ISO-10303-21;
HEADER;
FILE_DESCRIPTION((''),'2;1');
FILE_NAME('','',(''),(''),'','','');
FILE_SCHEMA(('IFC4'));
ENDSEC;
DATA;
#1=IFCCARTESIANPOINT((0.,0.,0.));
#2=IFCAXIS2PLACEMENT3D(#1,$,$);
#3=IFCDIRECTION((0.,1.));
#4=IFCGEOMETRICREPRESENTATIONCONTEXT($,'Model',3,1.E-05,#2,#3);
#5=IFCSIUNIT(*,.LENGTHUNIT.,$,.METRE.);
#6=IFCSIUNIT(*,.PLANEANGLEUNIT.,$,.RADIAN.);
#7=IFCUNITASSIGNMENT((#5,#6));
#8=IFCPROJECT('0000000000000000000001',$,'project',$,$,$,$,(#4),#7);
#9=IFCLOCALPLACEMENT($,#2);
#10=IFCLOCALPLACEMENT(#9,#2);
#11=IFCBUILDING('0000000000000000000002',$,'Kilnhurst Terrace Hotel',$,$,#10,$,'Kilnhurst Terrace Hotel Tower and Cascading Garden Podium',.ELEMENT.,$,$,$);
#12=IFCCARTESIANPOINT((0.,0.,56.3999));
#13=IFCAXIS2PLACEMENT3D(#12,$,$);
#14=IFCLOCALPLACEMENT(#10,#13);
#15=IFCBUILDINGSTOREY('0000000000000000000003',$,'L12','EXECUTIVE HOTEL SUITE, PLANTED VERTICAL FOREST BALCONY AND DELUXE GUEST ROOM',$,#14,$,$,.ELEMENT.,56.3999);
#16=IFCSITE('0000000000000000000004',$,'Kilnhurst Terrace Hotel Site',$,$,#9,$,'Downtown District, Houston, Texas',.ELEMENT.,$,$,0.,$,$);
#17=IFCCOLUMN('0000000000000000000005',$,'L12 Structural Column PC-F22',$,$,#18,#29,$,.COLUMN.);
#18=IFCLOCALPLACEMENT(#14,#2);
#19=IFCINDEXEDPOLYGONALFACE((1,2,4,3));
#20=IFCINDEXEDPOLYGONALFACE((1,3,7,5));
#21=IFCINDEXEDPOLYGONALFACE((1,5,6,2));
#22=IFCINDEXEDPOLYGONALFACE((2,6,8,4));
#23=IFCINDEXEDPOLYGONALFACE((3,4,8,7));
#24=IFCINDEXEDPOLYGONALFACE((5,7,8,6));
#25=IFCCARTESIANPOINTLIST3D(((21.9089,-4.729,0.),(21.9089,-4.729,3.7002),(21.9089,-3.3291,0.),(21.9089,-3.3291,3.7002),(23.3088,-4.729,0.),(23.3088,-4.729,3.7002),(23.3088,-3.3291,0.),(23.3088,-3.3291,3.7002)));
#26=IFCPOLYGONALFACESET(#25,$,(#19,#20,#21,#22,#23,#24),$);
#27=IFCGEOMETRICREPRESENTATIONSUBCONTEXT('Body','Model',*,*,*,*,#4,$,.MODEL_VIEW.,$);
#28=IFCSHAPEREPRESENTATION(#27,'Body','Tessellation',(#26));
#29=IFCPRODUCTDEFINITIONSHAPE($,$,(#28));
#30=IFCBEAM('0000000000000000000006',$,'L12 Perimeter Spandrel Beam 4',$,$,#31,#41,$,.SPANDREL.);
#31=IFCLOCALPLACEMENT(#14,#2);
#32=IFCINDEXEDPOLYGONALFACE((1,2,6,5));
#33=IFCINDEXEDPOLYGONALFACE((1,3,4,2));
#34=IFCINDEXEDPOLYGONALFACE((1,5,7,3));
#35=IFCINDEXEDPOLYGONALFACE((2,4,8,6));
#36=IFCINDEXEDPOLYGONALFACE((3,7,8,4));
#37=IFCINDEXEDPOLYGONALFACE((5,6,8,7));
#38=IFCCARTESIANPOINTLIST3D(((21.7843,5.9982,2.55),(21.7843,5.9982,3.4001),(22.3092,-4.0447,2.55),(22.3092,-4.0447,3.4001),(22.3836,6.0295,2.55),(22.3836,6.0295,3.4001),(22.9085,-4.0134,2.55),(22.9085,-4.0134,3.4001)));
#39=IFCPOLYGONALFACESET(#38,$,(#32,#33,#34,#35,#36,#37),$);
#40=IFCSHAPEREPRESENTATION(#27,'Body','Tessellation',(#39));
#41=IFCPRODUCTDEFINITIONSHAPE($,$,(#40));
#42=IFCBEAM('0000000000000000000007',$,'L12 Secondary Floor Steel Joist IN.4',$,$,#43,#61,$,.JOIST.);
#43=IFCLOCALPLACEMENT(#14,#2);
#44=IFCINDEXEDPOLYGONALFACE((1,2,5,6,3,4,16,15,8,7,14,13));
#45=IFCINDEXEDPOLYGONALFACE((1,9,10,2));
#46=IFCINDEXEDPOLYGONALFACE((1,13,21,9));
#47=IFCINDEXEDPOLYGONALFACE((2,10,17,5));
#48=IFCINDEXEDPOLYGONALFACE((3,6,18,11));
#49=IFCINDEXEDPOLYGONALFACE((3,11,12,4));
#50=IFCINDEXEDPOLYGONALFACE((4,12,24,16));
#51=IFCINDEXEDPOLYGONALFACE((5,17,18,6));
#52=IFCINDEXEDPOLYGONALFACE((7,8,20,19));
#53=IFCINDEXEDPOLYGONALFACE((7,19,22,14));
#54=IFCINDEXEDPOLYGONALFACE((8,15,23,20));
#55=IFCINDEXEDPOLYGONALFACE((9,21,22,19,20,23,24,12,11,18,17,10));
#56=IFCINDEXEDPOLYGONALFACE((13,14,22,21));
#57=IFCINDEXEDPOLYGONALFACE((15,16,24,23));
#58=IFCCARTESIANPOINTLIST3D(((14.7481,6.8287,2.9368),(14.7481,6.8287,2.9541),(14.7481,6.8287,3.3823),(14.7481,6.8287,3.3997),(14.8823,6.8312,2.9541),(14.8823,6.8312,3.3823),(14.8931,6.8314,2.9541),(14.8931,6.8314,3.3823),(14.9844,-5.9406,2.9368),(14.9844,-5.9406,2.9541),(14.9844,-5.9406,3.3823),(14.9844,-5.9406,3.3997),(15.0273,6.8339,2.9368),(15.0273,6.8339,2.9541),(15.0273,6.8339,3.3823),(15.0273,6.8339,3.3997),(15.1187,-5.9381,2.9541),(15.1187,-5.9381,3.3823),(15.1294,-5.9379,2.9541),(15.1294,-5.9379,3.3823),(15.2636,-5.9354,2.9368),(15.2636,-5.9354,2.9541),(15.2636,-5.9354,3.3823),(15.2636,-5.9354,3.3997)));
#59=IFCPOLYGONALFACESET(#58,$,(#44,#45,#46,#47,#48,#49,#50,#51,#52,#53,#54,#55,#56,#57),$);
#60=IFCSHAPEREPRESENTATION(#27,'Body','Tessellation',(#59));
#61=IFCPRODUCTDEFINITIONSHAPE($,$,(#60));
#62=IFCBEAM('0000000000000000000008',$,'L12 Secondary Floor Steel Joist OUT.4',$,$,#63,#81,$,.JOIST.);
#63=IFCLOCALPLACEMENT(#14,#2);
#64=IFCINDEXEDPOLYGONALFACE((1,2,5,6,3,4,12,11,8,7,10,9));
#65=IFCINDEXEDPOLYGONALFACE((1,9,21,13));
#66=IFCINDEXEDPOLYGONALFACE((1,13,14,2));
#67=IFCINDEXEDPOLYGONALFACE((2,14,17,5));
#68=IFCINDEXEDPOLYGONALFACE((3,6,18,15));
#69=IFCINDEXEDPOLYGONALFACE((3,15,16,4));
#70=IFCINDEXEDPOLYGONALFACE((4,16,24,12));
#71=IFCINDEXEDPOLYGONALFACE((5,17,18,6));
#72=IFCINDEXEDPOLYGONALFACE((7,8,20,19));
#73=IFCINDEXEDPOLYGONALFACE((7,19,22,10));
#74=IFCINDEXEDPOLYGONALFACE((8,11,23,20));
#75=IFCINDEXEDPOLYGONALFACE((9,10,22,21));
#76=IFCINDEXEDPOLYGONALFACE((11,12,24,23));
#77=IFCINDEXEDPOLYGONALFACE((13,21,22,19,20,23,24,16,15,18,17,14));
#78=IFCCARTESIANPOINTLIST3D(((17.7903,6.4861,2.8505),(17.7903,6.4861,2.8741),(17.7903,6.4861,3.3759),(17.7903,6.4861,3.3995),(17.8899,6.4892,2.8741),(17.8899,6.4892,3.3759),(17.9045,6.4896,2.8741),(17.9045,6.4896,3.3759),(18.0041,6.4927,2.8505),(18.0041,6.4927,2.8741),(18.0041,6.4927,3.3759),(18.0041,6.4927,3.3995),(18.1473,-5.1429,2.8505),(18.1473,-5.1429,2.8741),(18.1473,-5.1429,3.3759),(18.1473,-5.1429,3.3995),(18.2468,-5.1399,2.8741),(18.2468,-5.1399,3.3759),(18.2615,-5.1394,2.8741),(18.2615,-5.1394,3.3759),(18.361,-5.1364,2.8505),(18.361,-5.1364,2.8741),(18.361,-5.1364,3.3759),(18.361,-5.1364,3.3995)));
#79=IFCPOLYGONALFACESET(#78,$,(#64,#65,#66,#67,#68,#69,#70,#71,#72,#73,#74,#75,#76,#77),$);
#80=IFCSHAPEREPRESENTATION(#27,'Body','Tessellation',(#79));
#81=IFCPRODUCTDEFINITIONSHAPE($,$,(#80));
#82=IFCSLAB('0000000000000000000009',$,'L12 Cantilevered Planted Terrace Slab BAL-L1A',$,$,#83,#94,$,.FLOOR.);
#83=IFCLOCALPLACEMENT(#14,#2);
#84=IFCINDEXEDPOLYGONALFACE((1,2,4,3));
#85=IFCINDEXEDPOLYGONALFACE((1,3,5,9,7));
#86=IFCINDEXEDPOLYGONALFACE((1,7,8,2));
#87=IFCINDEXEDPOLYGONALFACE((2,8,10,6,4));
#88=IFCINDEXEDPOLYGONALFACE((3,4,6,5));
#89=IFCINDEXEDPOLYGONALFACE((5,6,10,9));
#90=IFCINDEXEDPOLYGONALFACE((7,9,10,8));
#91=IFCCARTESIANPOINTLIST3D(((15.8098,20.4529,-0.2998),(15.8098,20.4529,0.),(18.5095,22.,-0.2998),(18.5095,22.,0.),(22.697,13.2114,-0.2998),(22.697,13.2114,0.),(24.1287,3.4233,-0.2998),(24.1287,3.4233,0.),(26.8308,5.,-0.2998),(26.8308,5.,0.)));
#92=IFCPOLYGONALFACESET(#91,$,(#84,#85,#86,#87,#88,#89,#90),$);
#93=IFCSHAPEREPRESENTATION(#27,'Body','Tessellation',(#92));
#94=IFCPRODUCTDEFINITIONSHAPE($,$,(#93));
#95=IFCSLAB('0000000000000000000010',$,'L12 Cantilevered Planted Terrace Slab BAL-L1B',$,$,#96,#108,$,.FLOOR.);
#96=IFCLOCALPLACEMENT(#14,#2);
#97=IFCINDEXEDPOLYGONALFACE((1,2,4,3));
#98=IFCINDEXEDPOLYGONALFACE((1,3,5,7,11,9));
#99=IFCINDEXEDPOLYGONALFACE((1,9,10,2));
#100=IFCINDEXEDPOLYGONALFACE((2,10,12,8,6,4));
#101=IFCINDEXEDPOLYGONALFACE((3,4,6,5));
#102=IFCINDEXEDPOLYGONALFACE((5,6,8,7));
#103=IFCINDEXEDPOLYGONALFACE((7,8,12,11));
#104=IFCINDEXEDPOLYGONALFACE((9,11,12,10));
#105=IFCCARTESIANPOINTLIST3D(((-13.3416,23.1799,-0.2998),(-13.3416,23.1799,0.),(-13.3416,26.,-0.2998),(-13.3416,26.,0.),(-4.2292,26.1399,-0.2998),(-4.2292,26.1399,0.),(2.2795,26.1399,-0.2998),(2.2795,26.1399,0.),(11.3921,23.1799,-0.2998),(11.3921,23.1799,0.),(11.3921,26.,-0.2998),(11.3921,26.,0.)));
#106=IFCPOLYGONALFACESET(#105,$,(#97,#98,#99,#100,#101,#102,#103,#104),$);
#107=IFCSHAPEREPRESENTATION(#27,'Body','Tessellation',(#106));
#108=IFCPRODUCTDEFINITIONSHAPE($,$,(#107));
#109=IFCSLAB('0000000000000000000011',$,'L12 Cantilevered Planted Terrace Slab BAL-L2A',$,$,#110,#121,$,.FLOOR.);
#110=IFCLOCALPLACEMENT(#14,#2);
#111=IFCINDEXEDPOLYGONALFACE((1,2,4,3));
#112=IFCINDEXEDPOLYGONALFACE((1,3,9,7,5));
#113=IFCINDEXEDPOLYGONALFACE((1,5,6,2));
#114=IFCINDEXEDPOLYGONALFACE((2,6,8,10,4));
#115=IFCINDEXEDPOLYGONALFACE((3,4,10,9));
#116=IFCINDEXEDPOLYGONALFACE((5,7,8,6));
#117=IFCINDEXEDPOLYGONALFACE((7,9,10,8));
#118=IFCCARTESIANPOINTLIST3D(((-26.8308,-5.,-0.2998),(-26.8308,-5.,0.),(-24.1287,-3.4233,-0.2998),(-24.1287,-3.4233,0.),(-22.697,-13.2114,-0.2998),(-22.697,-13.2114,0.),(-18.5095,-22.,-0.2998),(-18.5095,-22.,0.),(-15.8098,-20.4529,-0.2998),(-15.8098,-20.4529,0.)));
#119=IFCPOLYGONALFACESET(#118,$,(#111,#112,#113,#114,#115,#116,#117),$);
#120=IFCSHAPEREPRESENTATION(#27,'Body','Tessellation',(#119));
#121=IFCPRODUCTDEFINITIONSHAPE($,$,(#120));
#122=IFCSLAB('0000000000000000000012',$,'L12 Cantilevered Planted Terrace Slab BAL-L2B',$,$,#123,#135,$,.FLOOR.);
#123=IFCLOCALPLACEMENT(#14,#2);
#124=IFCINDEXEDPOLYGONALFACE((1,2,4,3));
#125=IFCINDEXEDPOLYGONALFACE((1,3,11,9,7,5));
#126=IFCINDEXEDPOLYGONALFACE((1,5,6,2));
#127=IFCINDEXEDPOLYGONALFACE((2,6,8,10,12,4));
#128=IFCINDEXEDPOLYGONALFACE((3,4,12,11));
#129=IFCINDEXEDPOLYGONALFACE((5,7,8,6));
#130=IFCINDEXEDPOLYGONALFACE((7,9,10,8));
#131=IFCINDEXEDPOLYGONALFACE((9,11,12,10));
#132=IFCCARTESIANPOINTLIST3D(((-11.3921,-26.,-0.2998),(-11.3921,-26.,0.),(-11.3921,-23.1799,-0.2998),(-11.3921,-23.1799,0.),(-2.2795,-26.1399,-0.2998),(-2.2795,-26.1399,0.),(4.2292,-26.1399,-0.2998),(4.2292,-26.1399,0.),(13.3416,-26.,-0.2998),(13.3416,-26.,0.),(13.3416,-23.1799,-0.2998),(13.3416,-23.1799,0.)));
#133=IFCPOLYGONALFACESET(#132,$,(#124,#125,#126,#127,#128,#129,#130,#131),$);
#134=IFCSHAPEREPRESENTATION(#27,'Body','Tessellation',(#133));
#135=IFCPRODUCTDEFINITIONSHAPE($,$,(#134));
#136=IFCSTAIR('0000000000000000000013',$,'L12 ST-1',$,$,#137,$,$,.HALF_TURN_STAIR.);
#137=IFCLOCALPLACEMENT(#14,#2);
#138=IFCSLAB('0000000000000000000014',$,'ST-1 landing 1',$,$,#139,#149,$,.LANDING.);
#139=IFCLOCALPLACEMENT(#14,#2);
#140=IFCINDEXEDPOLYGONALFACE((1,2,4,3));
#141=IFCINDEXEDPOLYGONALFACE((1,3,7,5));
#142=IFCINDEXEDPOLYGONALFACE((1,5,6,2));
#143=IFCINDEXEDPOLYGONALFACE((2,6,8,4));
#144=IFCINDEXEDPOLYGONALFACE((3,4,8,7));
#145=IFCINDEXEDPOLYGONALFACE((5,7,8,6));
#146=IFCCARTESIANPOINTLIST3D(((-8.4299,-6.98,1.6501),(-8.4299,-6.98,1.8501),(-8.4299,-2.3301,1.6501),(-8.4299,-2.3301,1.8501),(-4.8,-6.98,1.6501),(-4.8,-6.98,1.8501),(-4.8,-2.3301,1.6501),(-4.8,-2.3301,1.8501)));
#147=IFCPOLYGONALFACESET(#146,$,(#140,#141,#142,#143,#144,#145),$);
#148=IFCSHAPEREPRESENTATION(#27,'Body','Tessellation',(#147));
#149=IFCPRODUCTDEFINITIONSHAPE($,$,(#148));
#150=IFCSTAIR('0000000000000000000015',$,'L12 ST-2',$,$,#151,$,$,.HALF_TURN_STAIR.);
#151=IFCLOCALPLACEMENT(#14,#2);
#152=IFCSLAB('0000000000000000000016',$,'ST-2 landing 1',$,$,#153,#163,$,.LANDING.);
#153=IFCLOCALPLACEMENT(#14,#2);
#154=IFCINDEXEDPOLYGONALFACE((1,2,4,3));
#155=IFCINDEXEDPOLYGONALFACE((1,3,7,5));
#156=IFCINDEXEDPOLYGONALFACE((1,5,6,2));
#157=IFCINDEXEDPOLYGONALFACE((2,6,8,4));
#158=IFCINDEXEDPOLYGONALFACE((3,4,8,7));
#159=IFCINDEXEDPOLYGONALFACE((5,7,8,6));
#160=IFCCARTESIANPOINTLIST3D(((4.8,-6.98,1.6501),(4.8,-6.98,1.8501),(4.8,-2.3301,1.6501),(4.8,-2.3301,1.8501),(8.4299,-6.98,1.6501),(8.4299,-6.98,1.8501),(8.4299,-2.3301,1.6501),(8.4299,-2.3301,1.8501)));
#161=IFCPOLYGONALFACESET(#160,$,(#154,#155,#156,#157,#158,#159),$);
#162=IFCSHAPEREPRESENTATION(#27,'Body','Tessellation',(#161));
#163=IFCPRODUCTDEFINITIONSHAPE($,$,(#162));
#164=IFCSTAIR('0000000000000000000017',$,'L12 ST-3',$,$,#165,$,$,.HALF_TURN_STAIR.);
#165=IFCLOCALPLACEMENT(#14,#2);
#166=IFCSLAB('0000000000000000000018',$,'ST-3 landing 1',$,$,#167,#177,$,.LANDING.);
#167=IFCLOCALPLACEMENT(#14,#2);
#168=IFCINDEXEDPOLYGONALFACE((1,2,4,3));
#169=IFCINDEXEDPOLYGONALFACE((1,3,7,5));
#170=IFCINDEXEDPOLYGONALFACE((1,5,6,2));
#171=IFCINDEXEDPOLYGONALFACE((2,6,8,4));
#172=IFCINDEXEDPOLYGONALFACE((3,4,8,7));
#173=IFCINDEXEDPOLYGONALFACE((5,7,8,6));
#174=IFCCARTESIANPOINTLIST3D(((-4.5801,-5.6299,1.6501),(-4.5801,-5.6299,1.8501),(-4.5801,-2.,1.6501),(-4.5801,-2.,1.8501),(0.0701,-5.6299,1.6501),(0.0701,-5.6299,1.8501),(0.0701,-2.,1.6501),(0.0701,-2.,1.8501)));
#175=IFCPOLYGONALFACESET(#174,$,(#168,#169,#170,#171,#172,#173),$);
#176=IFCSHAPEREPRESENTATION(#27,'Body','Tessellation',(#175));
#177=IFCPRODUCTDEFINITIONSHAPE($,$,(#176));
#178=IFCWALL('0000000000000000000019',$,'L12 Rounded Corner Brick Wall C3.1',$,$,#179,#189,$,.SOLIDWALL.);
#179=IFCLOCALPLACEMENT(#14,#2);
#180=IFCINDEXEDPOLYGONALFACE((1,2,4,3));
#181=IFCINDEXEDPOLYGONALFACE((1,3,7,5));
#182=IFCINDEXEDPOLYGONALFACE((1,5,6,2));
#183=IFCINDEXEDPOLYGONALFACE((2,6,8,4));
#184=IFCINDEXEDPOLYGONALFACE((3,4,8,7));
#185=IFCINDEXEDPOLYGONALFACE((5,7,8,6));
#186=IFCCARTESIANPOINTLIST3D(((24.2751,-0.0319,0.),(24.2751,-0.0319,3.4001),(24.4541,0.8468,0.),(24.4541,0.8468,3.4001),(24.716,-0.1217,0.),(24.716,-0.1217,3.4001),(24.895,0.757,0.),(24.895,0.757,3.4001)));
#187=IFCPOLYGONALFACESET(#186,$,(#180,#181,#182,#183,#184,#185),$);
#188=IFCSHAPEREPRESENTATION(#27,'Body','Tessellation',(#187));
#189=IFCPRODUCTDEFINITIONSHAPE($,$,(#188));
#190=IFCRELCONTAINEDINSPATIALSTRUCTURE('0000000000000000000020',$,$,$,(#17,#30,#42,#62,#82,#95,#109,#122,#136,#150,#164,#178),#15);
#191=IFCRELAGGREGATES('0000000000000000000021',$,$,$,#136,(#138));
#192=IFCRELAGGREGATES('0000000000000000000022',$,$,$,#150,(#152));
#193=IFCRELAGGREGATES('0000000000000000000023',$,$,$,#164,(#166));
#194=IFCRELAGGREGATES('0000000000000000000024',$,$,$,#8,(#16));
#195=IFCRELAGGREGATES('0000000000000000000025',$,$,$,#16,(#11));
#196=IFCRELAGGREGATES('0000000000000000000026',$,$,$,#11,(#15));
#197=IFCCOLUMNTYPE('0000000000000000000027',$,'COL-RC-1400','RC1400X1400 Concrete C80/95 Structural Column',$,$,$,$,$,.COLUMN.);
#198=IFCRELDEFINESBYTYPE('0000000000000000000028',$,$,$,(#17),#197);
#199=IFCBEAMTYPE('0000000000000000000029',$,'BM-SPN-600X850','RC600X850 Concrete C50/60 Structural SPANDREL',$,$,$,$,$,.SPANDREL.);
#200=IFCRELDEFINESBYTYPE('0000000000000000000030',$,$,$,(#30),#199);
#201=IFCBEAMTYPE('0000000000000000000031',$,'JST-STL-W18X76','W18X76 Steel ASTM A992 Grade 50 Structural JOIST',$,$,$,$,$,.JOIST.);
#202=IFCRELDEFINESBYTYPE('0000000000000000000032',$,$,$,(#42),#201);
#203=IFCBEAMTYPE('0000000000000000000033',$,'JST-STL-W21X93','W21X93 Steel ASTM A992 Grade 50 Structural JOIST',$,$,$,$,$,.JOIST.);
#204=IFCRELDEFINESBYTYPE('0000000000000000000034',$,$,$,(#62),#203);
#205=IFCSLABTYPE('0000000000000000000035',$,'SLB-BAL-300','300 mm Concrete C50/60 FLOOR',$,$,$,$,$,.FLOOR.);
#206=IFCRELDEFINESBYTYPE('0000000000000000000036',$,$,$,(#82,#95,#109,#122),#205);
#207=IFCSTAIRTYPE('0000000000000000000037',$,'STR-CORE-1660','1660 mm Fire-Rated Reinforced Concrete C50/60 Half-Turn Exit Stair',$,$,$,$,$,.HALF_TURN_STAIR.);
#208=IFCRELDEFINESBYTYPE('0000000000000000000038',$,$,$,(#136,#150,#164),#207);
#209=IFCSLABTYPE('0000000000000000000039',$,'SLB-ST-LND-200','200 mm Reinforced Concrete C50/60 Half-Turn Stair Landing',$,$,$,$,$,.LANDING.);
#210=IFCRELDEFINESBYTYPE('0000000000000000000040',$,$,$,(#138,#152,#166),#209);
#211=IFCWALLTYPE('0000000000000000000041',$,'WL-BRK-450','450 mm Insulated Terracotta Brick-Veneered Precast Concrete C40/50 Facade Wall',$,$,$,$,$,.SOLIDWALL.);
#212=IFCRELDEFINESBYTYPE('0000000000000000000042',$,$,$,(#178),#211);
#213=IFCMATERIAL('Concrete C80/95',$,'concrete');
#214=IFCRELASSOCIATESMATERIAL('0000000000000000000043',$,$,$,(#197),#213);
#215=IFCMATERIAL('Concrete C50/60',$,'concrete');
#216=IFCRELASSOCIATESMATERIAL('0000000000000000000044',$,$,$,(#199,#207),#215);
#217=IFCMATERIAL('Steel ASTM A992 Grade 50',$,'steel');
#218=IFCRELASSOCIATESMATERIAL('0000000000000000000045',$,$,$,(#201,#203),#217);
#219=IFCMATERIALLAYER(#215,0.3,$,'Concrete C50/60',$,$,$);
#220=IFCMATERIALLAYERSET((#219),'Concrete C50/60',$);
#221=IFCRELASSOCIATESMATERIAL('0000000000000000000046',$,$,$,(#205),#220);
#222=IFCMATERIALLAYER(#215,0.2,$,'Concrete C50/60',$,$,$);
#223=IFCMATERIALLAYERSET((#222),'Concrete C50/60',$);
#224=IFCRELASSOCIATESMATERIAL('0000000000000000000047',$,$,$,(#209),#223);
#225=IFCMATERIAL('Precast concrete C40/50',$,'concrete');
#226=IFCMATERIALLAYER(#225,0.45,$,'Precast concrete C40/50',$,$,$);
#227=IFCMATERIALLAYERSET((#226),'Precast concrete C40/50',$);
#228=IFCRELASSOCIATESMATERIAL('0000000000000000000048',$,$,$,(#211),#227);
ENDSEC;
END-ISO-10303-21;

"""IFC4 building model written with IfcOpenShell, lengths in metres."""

from ifc_helpers import new_model, si_unit, direction, frame, frame_2d, origin, origin_2d, place, context, subcontext, project, spatial, polyline, rectangle, i_section, outline, extrude, material, layer, layer_set, material_profile, profile_set, type_object, element, aggregate, save


model = new_model("IFC4")

# Units and contexts
model_context = context("Model", 3, precision=1e-05, world=origin(), true_north=direction((0.0, 1.0)))
body_context = subcontext(model_context, "Body", "Model", "MODEL_VIEW")
ifc_project = project(units=[si_unit("LENGTHUNIT", "METRE"), si_unit("PLANEANGLEUNIT", "RADIAN")], contexts=[model_context])

# Site, building, storey
site_placement = place(None, origin())
site = spatial("IfcSite", under=ifc_project, at=site_placement, Name="Kilnhurst Terrace Hotel Site", LongName="Downtown District, Houston, Texas", CompositionType="ELEMENT", RefElevation=0.0)
building_placement = place(site_placement, origin())
building = spatial("IfcBuilding", under=site, at=building_placement, Name="Kilnhurst Terrace Hotel", LongName="Kilnhurst Terrace Hotel Tower and Cascading Garden Podium", CompositionType="ELEMENT")
storey_placement = place(building_placement, frame((0.0, 0.0, 56.3999)))
storey = spatial("IfcBuildingStorey", under=building, at=storey_placement, Name="L12", Description="EXECUTIVE HOTEL SUITE, PLANTED VERTICAL FOREST BALCONY AND DELUXE GUEST ROOM", CompositionType="ELEMENT", Elevation=56.3999)

# Column
ifc_material_1 = material(Name="Concrete C80/95", Category="concrete")
ifc_material_profile_1 = material_profile(ifc_material_1, rectangle(XDim=1.3999, YDim=1.3999, at=origin_2d()), Name="RC1400X1400")
ifc_profile_set_1 = profile_set([ifc_material_profile_1], Name="Concrete C80/95")
column_type = type_object("IfcColumnType", Name="COL-RC-1400", Description="RC1400X1400 Concrete C80/95 Structural Column", PredefinedType="COLUMN", material=ifc_profile_set_1)
column_placement = place(storey_placement, frame((22.6089, -4.0291, 0.0), z_axis=(0.0, 0.0, 1.0), x_axis=(1.0, 0.0, 0.0)))
element("IfcColumn", 1, at=column_placement, inside=storey, type_object=column_type, Name="L12 Structural Column PC-F22", PredefinedType="COLUMN", context=body_context, shape_type="SweptSolid", body=[
    extrude(rectangle(XDim=1.3999, YDim=1.3999, at=origin_2d()), origin(), (0.0, 0.0, 1.0), 3.7002),
])

# Beams
ifc_material_2 = material(Name="Concrete C50/60", Category="concrete")
ifc_material_profile_2 = material_profile(ifc_material_2, rectangle(XDim=0.6001, YDim=0.8501, at=origin_2d()), Name="RC600X850")
ifc_profile_set_2 = profile_set([ifc_material_profile_2], Name="Concrete C50/60")
beam_type_1 = type_object("IfcBeamType", Name="BM-SPN-600X850", Description="RC600X850 Concrete C50/60 Structural SPANDREL", PredefinedType="SPANDREL", material=ifc_profile_set_2)
beam_1_placement = place(storey_placement, frame((22.6089, -4.0291, 2.9751), z_axis=(-0.052194, 0.998637, 0.0), x_axis=(-0.998637, -0.052194, 0.0)))
element("IfcBeam", 2, at=beam_1_placement, inside=storey, type_object=beam_type_1, Name="L12 Perimeter Spandrel Beam 4", PredefinedType="SPANDREL", context=body_context, shape_type="SweptSolid", body=[
    extrude(rectangle(XDim=0.6001, YDim=0.8501, at=origin_2d()), origin(), (0.0, 0.0, 1.0), 10.0566),
])
ifc_material_3 = material(Name="Steel ASTM A992 Grade 50", Category="steel")
ifc_material_profile_3 = material_profile(ifc_material_3, i_section(OverallWidth=0.2793, OverallDepth=0.4629, WebThickness=0.0107, FlangeThickness=0.0173, at=origin_2d()), Name="W18X76")
ifc_profile_set_3 = profile_set([ifc_material_profile_3], Name="Steel ASTM A992 Grade 50")
beam_type_2 = type_object("IfcBeamType", Name="JST-STL-W18X76", Description="W18X76 Steel ASTM A992 Grade 50 Structural JOIST", PredefinedType="JOIST", material=ifc_profile_set_3)
beam_2_placement = place(storey_placement, frame((15.124, -5.938, 3.1682), z_axis=(-0.018504, 0.999829, 0.0), x_axis=(-0.999829, -0.018504, 0.0)))
element("IfcBeam", 3, at=beam_2_placement, inside=storey, type_object=beam_type_2, Name="L12 Secondary Floor Steel Joist IN.4", PredefinedType="JOIST", context=body_context, shape_type="SweptSolid", body=[
    extrude(i_section(OverallWidth=0.2793, OverallDepth=0.4629, WebThickness=0.0107, FlangeThickness=0.0173, at=origin_2d()), origin(), (0.0, 0.0, 1.0), 12.7715),
])
ifc_material_profile_4 = material_profile(ifc_material_3, i_section(OverallWidth=0.2139, OverallDepth=0.5491, WebThickness=0.0146, FlangeThickness=0.0237, at=origin_2d()), Name="W21X93")
ifc_profile_set_4 = profile_set([ifc_material_profile_4], Name="Steel ASTM A992 Grade 50")
beam_type_3 = type_object("IfcBeamType", Name="JST-STL-W21X93", Description="W21X93 Steel ASTM A992 Grade 50 Structural JOIST", PredefinedType="JOIST", material=ifc_profile_set_4)
beam_3_placement = place(storey_placement, frame((18.2542, -5.1396, 3.125), z_axis=(-0.030679, 0.999529, 0.0), x_axis=(-0.999529, -0.030679, 0.0)))
element("IfcBeam", 4, at=beam_3_placement, inside=storey, type_object=beam_type_3, Name="L12 Secondary Floor Steel Joist OUT.4", PredefinedType="JOIST", context=body_context, shape_type="SweptSolid", body=[
    extrude(i_section(OverallWidth=0.2139, OverallDepth=0.5491, WebThickness=0.0146, FlangeThickness=0.0237, at=origin_2d()), origin(), (0.0, 0.0, 1.0), 11.6345),
])

# Slabs
ifc_layer_1 = layer(ifc_material_2, 0.3, Name="Concrete C50/60")
ifc_layer_set_1 = layer_set([ifc_layer_1], Name="Concrete C50/60")
slab_type_1 = type_object("IfcSlabType", Name="SLB-BAL-300", Description="300 mm Concrete C50/60 FLOOR", PredefinedType="FLOOR", material=ifc_layer_set_1)
slab_1_placement = place(storey_placement, frame((0.0, 0.0, -0.2998)))
element("IfcSlab", 5, at=slab_1_placement, inside=storey, type_object=slab_type_1, Name="L12 Cantilevered Planted Terrace Slab BAL-L1A", PredefinedType="FLOOR", context=body_context, shape_type="SweptSolid", body=[
    extrude(outline(polyline([(22.697, 13.2114), (26.8308, 5.0), (24.1287, 3.4233), (15.8098, 20.4529), (18.5095, 22.0), (22.697, 13.2114)])), origin(), (0.0, 0.0, 1.0), 0.2998),
])
slab_2_placement = place(storey_placement, frame((0.0, 0.0, -0.2998)))
element("IfcSlab", 6, at=slab_2_placement, inside=storey, type_object=slab_type_1, Name="L12 Cantilevered Planted Terrace Slab BAL-L1B", PredefinedType="FLOOR", context=body_context, shape_type="SweptSolid", body=[
    extrude(outline(polyline([(2.2795, 26.1399), (11.3921, 26.0), (11.3921, 23.1799), (-13.3416, 23.1799), (-13.3416, 26.0), (-4.2292, 26.1399), (2.2795, 26.1399)])), origin(), (0.0, 0.0, 1.0), 0.2998),
])
slab_3_placement = place(storey_placement, frame((0.0, 0.0, -0.2998)))
element("IfcSlab", 7, at=slab_3_placement, inside=storey, type_object=slab_type_1, Name="L12 Cantilevered Planted Terrace Slab BAL-L2A", PredefinedType="FLOOR", context=body_context, shape_type="SweptSolid", body=[
    extrude(outline(polyline([(-26.8308, -5.0), (-24.1287, -3.4233), (-15.8098, -20.4529), (-18.5095, -22.0), (-22.697, -13.2114), (-26.8308, -5.0)])), origin(), (0.0, 0.0, 1.0), 0.2998),
])
slab_4_placement = place(storey_placement, frame((0.0, 0.0, -0.2998)))
element("IfcSlab", 8, at=slab_4_placement, inside=storey, type_object=slab_type_1, Name="L12 Cantilevered Planted Terrace Slab BAL-L2B", PredefinedType="FLOOR", context=body_context, shape_type="SweptSolid", body=[
    extrude(outline(polyline([(-2.2795, -26.1399), (-11.3921, -26.0), (-11.3921, -23.1799), (13.3416, -23.1799), (13.3416, -26.0), (4.2292, -26.1399), (-2.2795, -26.1399)])), origin(), (0.0, 0.0, 1.0), 0.2998),
])

# Stairs, slabs
stair_type = type_object("IfcStairType", Name="STR-CORE-1660", Description="1660 mm Fire-Rated Reinforced Concrete C50/60 Half-Turn Exit Stair", PredefinedType="HALF_TURN_STAIR", material=ifc_material_2)
stair_1_placement = place(storey_placement, origin())
stair_1 = element("IfcStair", 9, at=stair_1_placement, inside=storey, type_object=stair_type, Name="L12 ST-1", PredefinedType="HALF_TURN_STAIR")
ifc_layer_2 = layer(ifc_material_2, 0.2, Name="Concrete C50/60")
ifc_layer_set_2 = layer_set([ifc_layer_2], Name="Concrete C50/60")
slab_type_2 = type_object("IfcSlabType", Name="SLB-ST-LND-200", Description="200 mm Reinforced Concrete C50/60 Half-Turn Stair Landing", PredefinedType="LANDING", material=ifc_layer_set_2)
slab_5_placement = place(storey_placement, frame((0.0, 0.0, 1.6501)))
slab_5 = element("IfcSlab", 10, at=slab_5_placement, type_object=slab_type_2, Name="ST-1 landing 1", PredefinedType="LANDING", context=body_context, shape_type="SweptSolid", body=[
    extrude(outline(polyline([(-8.4299, -2.3301), (-4.8, -2.3301), (-4.8, -6.98), (-8.4299, -6.98), (-8.4299, -2.3301)])), origin(), (0.0, 0.0, 1.0), 0.2),
])
aggregate(stair_1, [slab_5])
stair_2_placement = place(storey_placement, origin())
stair_2 = element("IfcStair", 11, at=stair_2_placement, inside=storey, type_object=stair_type, Name="L12 ST-2", PredefinedType="HALF_TURN_STAIR")
slab_6_placement = place(storey_placement, frame((0.0, 0.0, 1.6501)))
slab_6 = element("IfcSlab", 12, at=slab_6_placement, type_object=slab_type_2, Name="ST-2 landing 1", PredefinedType="LANDING", context=body_context, shape_type="SweptSolid", body=[
    extrude(outline(polyline([(4.8, -2.3301), (8.4299, -2.3301), (8.4299, -6.98), (4.8, -6.98), (4.8, -2.3301)])), origin(), (0.0, 0.0, 1.0), 0.2),
])
stair_3_placement = place(storey_placement, origin())
stair_3 = element("IfcStair", 13, at=stair_3_placement, inside=storey, type_object=stair_type, Name="L12 ST-3", PredefinedType="HALF_TURN_STAIR")
slab_7_placement = place(storey_placement, frame((0.0, 0.0, 1.6501)))
slab_7 = element("IfcSlab", 14, at=slab_7_placement, type_object=slab_type_2, Name="ST-3 landing 1", PredefinedType="LANDING", context=body_context, shape_type="SweptSolid", body=[
    extrude(outline(polyline([(0.0701, -2.0), (0.0701, -5.6299), (-4.5801, -5.6299), (-4.5801, -2.0), (0.0701, -2.0)])), origin(), (0.0, 0.0, 1.0), 0.2),
])

# Wall
ifc_material_4 = material(Name="Precast concrete C40/50", Category="concrete")
ifc_layer_3 = layer(ifc_material_4, 0.45, Name="Precast concrete C40/50")
ifc_layer_set_3 = layer_set([ifc_layer_3], Name="Precast concrete C40/50")
wall_type_1 = type_object("IfcWallType", Name="WL-BRK-450", Description="450 mm Insulated Terracotta Brick-Veneered Precast Concrete C40/50 Facade Wall", PredefinedType="SOLIDWALL", material=ifc_layer_set_3)
wall_1_placement = place(storey_placement, frame((24.4956, -0.0767, 0.0), z_axis=(0.0, 0.0, 1.0), x_axis=(0.199571, 0.979883, 0.0)))
element("IfcWall", 15, at=wall_1_placement, inside=storey, type_object=wall_type_1, Name="L12 Rounded Corner Brick Wall C3.1", PredefinedType="SOLIDWALL", context=body_context, shape_type="SweptSolid", body=[
    extrude(rectangle(XDim=0.8967, YDim=0.45, at=frame_2d((0.4482, 0.0))), origin(), (0.0, 0.0, 1.0), 3.4001),
])

aggregate(stair_2, [slab_6])
aggregate(stair_3, [slab_7])

save(model, "model.ifc")
